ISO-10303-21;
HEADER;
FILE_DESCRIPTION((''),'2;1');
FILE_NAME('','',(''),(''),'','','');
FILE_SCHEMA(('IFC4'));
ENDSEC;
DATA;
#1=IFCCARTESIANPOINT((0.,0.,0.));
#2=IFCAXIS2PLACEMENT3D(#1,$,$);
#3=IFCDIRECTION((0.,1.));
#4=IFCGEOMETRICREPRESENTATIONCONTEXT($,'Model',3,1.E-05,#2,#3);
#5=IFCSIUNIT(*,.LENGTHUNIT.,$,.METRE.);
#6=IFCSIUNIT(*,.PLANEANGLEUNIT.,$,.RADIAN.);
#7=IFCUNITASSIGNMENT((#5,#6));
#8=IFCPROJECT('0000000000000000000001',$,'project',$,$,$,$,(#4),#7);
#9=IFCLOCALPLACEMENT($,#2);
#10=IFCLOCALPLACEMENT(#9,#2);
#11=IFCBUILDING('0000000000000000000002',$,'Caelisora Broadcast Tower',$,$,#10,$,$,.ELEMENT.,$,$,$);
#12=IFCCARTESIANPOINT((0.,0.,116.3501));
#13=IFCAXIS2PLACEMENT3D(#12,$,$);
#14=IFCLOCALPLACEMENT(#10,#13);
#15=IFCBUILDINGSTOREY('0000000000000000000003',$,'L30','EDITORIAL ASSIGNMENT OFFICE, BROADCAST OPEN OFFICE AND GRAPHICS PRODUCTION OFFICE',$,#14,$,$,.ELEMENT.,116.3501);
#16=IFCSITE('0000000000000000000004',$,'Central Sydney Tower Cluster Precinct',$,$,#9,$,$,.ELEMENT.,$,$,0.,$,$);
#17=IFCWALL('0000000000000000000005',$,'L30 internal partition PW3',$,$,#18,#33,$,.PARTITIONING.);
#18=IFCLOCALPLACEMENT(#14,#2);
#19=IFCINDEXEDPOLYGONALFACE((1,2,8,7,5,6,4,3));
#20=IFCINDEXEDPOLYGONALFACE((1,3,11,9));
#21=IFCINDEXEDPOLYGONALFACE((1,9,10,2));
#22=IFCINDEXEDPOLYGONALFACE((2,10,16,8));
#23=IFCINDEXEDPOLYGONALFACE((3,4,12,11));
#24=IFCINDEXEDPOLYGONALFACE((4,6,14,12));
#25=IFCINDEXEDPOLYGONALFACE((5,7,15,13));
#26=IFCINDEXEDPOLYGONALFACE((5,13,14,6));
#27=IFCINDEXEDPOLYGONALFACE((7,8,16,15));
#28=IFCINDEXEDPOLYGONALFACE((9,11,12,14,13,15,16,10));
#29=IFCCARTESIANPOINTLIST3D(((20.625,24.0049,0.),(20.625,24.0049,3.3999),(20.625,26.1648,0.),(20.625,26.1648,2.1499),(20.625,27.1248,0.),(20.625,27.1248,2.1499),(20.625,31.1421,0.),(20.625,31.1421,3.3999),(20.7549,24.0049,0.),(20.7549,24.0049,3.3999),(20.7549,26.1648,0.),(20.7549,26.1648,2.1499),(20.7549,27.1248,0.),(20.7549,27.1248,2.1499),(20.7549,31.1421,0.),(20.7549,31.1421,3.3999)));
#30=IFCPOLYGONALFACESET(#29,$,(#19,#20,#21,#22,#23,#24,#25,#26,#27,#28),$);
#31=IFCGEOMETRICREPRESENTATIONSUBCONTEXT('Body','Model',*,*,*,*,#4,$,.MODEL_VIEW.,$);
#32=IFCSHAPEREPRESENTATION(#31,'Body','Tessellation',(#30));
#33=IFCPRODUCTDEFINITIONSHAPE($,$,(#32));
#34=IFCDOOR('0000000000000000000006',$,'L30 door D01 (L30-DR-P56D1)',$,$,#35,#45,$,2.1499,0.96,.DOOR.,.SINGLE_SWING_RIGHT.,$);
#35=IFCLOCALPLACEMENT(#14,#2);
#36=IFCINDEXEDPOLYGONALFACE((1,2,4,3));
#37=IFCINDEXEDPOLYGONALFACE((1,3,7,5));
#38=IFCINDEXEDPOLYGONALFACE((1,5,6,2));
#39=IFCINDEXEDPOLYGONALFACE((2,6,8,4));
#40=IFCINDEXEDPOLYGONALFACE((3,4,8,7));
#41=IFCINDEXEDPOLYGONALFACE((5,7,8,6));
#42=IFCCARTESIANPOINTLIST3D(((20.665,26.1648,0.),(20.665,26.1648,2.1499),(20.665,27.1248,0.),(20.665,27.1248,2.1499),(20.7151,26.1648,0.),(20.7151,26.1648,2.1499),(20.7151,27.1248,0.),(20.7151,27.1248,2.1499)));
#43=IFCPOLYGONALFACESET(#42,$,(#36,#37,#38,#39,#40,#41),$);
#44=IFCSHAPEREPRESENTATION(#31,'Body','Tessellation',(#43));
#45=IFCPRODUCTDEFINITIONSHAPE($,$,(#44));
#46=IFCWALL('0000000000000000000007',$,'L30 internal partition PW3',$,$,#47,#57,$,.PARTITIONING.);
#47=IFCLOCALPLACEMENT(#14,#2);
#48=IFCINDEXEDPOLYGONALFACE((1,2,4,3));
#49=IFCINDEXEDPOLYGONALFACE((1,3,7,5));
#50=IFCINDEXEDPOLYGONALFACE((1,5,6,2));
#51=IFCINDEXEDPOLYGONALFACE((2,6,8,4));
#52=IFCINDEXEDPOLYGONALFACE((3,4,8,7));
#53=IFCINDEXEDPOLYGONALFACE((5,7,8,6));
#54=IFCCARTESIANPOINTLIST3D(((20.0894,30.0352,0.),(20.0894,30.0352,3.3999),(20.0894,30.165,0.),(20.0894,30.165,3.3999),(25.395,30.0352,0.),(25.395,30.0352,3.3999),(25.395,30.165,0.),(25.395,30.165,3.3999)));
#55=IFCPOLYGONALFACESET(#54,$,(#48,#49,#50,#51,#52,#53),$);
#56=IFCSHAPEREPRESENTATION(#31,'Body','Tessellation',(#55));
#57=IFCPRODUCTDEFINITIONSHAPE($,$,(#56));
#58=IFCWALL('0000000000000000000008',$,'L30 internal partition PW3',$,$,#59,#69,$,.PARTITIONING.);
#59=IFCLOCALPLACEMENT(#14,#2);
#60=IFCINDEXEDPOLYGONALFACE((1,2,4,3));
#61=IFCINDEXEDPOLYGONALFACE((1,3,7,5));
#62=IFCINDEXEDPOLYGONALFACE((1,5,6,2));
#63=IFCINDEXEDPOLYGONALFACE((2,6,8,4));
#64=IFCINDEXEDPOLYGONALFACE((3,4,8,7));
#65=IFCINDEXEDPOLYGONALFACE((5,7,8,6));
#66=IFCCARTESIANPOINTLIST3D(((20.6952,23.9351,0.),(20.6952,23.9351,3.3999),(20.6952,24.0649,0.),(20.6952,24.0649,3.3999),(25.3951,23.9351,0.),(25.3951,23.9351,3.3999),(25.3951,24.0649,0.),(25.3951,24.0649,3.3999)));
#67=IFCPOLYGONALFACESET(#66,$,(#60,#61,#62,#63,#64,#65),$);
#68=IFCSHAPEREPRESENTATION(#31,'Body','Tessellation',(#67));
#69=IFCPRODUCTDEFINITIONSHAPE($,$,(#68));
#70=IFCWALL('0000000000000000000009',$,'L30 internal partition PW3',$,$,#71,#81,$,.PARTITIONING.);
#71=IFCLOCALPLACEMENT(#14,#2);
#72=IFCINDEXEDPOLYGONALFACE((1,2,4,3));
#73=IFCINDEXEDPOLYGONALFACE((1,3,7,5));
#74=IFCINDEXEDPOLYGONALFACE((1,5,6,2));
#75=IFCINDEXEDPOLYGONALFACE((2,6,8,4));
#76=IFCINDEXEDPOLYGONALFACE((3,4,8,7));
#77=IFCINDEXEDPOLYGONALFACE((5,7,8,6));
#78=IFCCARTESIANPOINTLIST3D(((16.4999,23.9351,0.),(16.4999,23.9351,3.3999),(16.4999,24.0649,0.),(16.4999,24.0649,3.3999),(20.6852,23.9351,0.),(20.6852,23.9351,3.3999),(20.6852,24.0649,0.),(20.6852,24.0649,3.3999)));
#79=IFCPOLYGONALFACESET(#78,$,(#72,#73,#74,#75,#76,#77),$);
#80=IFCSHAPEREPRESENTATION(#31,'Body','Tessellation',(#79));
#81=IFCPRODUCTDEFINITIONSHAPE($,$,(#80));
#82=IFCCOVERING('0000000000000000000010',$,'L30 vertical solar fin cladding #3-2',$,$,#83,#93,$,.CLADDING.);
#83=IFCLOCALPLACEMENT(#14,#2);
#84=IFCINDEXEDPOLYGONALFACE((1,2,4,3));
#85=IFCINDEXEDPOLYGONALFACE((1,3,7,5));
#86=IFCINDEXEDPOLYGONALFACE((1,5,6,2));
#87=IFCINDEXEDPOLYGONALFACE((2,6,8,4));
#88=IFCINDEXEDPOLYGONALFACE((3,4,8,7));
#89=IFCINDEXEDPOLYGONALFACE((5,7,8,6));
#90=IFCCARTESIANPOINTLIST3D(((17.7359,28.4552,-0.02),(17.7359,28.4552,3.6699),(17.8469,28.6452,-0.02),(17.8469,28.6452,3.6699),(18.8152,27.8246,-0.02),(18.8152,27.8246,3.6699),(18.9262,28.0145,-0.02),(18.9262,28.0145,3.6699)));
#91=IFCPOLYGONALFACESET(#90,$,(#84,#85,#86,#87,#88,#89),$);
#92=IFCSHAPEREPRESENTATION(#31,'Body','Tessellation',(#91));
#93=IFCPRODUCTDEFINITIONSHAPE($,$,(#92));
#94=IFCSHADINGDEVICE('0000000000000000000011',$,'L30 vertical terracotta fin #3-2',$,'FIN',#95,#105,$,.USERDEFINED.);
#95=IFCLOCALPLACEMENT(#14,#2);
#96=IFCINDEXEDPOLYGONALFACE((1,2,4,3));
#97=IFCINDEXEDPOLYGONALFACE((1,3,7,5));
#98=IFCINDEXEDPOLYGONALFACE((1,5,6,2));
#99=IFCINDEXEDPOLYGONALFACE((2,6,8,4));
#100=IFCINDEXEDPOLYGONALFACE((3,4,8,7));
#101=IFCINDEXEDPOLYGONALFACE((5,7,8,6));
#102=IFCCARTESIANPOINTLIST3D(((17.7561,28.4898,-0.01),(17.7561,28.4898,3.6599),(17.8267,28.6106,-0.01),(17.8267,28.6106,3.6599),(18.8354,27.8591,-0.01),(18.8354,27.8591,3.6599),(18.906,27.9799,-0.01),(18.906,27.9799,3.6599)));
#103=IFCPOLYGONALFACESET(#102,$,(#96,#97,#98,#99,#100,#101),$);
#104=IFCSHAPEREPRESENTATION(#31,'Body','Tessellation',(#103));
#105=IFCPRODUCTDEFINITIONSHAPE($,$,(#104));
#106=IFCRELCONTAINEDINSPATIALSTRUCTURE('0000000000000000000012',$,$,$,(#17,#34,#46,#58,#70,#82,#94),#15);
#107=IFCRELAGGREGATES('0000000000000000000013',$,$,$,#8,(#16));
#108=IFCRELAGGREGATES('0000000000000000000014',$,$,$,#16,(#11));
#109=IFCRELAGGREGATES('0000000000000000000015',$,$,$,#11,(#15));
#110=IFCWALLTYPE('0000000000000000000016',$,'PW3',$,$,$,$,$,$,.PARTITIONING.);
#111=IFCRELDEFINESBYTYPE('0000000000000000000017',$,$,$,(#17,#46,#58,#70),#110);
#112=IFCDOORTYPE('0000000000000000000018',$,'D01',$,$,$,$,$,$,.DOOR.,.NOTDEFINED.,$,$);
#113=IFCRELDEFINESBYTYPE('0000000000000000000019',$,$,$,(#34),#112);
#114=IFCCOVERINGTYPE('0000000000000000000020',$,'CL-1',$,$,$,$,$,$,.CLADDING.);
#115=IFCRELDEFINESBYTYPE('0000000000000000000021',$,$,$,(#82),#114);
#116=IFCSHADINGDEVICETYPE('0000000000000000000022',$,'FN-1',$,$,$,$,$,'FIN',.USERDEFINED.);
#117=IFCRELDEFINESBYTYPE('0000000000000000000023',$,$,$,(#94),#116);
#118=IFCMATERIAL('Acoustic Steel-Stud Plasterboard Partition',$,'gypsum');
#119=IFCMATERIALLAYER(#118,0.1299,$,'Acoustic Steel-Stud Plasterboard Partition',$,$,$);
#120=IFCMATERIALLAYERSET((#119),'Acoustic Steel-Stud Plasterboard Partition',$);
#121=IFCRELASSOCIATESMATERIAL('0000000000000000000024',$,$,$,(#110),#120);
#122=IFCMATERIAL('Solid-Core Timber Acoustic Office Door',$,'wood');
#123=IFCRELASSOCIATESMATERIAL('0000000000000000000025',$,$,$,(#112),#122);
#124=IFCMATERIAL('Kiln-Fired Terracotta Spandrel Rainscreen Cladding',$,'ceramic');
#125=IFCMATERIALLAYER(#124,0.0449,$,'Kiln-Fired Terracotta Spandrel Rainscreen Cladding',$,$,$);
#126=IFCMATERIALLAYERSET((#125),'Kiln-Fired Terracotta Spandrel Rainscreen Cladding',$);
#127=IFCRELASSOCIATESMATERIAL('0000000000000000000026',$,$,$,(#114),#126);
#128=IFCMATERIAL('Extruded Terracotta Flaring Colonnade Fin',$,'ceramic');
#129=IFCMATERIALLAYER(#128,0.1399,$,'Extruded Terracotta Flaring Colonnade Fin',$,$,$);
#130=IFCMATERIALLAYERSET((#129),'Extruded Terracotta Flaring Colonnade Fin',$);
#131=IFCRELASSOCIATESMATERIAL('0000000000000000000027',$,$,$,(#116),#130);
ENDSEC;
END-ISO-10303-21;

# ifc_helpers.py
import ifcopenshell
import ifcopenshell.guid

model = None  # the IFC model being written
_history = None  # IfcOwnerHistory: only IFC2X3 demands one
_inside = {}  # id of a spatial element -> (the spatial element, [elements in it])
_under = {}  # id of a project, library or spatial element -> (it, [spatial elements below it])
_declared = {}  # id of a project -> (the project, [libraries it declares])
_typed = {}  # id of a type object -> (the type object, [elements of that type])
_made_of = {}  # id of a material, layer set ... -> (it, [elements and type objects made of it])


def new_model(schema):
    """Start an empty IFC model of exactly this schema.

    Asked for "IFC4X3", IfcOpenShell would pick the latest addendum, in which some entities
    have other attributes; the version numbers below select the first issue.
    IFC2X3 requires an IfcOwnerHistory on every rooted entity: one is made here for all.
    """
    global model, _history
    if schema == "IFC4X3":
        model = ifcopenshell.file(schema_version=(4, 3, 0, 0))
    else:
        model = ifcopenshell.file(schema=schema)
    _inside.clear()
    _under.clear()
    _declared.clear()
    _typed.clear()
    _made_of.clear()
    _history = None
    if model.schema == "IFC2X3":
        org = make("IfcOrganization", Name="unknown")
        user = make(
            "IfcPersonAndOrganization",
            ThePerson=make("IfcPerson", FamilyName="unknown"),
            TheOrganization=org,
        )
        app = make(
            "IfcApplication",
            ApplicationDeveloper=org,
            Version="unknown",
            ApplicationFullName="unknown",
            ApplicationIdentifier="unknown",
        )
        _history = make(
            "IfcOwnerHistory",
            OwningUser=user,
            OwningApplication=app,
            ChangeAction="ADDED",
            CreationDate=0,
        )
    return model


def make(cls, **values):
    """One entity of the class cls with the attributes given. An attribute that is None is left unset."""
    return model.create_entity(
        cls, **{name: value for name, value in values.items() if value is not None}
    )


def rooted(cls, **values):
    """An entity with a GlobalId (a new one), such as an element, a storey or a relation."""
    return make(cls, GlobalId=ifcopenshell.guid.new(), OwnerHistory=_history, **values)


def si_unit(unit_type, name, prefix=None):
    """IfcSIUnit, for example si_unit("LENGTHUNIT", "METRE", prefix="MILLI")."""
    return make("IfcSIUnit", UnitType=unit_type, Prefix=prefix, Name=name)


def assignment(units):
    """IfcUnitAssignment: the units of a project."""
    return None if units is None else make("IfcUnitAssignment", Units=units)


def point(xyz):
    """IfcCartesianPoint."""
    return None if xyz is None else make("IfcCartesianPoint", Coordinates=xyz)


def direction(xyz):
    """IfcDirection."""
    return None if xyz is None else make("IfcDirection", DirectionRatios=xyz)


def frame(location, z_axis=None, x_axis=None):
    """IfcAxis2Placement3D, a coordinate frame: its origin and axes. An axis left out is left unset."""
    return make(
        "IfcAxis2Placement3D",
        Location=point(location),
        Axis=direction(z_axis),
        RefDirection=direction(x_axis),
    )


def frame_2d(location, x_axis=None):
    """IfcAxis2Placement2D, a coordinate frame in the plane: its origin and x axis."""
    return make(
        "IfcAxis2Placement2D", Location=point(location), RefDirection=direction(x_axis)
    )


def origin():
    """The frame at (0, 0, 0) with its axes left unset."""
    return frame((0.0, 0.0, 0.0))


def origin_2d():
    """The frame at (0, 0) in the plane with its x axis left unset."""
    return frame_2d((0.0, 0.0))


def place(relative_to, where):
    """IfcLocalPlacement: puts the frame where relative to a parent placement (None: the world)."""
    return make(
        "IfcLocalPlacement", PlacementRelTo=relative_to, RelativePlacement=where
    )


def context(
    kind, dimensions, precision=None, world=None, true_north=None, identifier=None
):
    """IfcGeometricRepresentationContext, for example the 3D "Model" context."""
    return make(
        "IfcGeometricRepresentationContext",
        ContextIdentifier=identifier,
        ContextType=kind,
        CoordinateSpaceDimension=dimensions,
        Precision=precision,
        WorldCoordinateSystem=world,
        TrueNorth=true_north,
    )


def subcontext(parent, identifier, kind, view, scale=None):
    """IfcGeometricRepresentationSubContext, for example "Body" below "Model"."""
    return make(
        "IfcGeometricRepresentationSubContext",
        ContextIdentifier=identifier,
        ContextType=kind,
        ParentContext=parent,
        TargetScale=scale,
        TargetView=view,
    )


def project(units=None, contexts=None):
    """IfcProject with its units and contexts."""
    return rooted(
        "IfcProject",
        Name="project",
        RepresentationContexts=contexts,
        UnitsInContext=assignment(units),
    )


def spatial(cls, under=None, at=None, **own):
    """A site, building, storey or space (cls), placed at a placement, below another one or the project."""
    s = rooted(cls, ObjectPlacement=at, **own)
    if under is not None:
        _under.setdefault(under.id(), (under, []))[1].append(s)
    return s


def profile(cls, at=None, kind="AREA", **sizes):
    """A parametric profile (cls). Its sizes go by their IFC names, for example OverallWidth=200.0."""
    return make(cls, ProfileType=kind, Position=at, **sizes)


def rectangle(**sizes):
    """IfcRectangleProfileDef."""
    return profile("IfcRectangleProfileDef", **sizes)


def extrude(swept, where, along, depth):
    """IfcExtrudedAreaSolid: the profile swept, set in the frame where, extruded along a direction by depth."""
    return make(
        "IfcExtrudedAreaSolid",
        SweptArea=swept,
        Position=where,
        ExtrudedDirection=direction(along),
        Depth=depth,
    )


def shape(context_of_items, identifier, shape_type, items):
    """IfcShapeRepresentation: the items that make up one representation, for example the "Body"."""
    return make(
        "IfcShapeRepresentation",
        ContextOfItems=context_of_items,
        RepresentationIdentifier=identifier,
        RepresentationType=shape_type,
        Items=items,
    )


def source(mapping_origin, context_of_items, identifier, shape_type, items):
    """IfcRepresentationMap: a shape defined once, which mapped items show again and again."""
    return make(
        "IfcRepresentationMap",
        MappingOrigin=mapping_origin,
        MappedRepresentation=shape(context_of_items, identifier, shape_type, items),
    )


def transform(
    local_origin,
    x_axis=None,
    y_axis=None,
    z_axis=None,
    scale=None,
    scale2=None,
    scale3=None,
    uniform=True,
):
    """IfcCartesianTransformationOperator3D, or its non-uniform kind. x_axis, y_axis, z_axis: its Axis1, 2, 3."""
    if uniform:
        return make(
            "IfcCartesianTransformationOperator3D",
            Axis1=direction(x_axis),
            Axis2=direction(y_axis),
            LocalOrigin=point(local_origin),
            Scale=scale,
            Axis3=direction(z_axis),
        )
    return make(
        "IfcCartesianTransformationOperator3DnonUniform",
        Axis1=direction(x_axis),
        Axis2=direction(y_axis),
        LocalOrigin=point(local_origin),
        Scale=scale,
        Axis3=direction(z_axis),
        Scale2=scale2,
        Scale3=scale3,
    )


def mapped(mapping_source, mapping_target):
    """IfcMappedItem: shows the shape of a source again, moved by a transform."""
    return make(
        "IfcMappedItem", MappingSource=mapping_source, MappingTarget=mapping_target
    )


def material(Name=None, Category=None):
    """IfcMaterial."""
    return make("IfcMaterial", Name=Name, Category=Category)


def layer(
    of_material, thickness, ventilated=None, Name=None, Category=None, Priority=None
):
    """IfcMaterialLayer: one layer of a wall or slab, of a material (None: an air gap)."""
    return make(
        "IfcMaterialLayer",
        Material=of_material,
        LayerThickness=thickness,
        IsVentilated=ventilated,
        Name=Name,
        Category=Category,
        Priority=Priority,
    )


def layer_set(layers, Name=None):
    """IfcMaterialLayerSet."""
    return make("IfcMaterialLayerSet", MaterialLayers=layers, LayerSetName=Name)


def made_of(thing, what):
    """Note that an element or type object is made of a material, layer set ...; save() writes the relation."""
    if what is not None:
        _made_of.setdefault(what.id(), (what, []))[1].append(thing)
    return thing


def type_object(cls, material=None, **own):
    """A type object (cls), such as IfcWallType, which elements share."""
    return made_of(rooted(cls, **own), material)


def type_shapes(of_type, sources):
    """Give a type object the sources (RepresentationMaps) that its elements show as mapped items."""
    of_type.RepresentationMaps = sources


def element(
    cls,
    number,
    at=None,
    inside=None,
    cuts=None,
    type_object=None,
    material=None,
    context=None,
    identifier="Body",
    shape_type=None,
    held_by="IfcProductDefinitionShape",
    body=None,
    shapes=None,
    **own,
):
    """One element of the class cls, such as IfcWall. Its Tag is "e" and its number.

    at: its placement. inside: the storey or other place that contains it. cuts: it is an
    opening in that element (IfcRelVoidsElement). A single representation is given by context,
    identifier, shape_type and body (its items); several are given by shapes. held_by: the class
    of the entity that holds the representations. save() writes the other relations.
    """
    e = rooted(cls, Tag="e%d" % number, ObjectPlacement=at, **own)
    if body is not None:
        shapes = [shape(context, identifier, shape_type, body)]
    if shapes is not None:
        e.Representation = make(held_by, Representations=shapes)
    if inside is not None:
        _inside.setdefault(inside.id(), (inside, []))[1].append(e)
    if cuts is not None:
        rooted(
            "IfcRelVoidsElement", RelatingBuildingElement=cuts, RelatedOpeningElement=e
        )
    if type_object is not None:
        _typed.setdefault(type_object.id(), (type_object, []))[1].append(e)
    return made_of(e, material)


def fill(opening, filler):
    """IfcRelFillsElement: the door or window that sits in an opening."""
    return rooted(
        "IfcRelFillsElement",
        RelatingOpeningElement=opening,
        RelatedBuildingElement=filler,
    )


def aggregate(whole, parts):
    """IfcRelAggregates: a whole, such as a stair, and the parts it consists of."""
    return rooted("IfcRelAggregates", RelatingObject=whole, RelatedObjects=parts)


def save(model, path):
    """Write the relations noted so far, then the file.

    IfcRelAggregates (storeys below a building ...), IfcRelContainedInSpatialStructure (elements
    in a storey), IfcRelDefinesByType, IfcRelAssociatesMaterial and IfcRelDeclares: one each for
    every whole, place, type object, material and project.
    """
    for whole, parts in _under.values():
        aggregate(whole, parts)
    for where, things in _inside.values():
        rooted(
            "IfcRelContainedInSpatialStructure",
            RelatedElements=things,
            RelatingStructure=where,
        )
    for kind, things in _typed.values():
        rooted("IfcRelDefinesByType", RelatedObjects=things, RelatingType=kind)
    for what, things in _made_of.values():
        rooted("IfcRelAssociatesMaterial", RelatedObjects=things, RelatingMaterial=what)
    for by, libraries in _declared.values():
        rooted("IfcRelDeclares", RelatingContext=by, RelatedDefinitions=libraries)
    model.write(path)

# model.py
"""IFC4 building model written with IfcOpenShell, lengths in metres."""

from ifc_helpers import new_model, si_unit, direction, frame, frame_2d, origin, origin_2d, place, context, subcontext, project, spatial, rectangle, extrude, source, transform, mapped, material, layer, layer_set, type_object, type_shapes, element, fill, save


model = new_model("IFC4")

# Units and contexts
model_context = context("Model", 3, precision=1e-05, world=origin(), true_north=direction((0.0, 1.0)))
body_context = subcontext(model_context, "Body", "Model", "MODEL_VIEW")
ifc_project = project(units=[si_unit("LENGTHUNIT", "METRE"), si_unit("PLANEANGLEUNIT", "RADIAN")], contexts=[model_context])

# Site, building, storey
site_placement = place(None, origin())
site = spatial("IfcSite", under=ifc_project, at=site_placement, Name="Central Sydney Tower Cluster Precinct", CompositionType="ELEMENT", RefElevation=0.0)
building_placement = place(site_placement, origin())
building = spatial("IfcBuilding", under=site, at=building_placement, Name="Caelisora Broadcast Tower", CompositionType="ELEMENT")
storey_placement = place(building_placement, frame((0.0, 0.0, 116.3501)))
storey = spatial("IfcBuildingStorey", under=building, at=storey_placement, Name="L30", Description="EDITORIAL ASSIGNMENT OFFICE, BROADCAST OPEN OFFICE AND GRAPHICS PRODUCTION OFFICE", CompositionType="ELEMENT", Elevation=116.3501)

# Wall, opening, door
ifc_material_1 = material(Name="Acoustic Steel-Stud Plasterboard Partition", Category="gypsum")
ifc_layer_1 = layer(ifc_material_1, 0.1299, Name="Acoustic Steel-Stud Plasterboard Partition")
ifc_layer_set_1 = layer_set([ifc_layer_1], Name="Acoustic Steel-Stud Plasterboard Partition")
wall_type_1 = type_object("IfcWallType", Name="PW3", PredefinedType="PARTITIONING", material=ifc_layer_set_1)
ifc_material_2 = material(Name="Solid-Core Timber Acoustic Office Door", Category="wood")
door_type_1 = type_object("IfcDoorType", Name="D01", OperationType="NOTDEFINED", PredefinedType="DOOR", material=ifc_material_2)
wall_1_placement = place(storey_placement, frame((20.6899, 24.0049, 0.0), z_axis=(0.0, 0.0, 1.0), x_axis=(0.0, 1.0, 0.0)))
wall_1 = element("IfcWall", 1, at=wall_1_placement, inside=storey, type_object=wall_type_1, Name="L30 internal partition PW3", PredefinedType="PARTITIONING", context=body_context, shape_type="SweptSolid", body=[
    extrude(rectangle(XDim=7.1372, YDim=0.1299, at=frame_2d((3.5686, 0.0))), origin(), (0.0, 0.0, 1.0), 3.3999),
])
opening_1_placement = place(wall_1_placement, frame((2.1599, 0.0, 0.0)))
opening_1 = element("IfcOpeningElement", 2, at=opening_1_placement, cuts=wall_1, PredefinedType="OPENING", context=body_context, shape_type="SweptSolid", body=[
    extrude(rectangle(XDim=0.96, YDim=2.1499, at=frame_2d((0.48, 1.075))), frame((0.0, 0.0769, 0.0), z_axis=(0.0, -1.0, 0.0), x_axis=(1.0, 0.0, 0.0)), (0.0, 0.0, 1.0), 0.1538),
])
door_1_placement = place(opening_1_placement, origin())
door_1 = element("IfcDoor", 3, at=door_1_placement, inside=storey, type_object=door_type_1, Name="L30 door D01 (L30-DR-P56D1)", OperationType="SINGLE_SWING_RIGHT", OverallHeight=2.1499, OverallWidth=0.96, PredefinedType="DOOR", context=body_context, shape_type="SweptSolid", body=[
    extrude(rectangle(XDim=0.96, YDim=2.1499, at=frame_2d((0.48, 1.075))), frame((0.0, 0.0249, 0.0), z_axis=(0.0, -1.0, 0.0), x_axis=(1.0, 0.0, 0.0)), (0.0, 0.0, 1.0), 0.05),
])
fill(opening_1, door_1)

# Walls
wall_2_placement = place(storey_placement, frame((25.395, 30.1001, 0.0), z_axis=(0.0, 0.0, 1.0), x_axis=(-1.0, 0.0, 0.0)))
element("IfcWall", 4, at=wall_2_placement, inside=storey, type_object=wall_type_1, Name="L30 internal partition PW3", PredefinedType="PARTITIONING", context=body_context, shape_type="SweptSolid", body=[
    extrude(rectangle(XDim=5.3057, YDim=0.1299, at=frame_2d((2.6528, 0.0))), origin(), (0.0, 0.0, 1.0), 3.3999),
])
wall_3_placement = place(storey_placement, frame((20.6951, 24.0, 0.0), z_axis=(0.0, 0.0, 1.0), x_axis=(1.0, 0.0, 0.0)))
element("IfcWall", 5, at=wall_3_placement, inside=storey, type_object=wall_type_1, Name="L30 internal partition PW3", PredefinedType="PARTITIONING", context=body_context, shape_type="SweptSolid", body=[
    extrude(rectangle(XDim=4.7, YDim=0.1299, at=frame_2d((2.3501, 0.0))), origin(), (0.0, 0.0, 1.0), 3.3999),
])
wall_4_placement = place(storey_placement, frame((16.4998, 24.0, 0.0), z_axis=(0.0, 0.0, 1.0), x_axis=(1.0, 0.0, 0.0)))
element("IfcWall", 6, at=wall_4_placement, inside=storey, type_object=wall_type_1, Name="L30 internal partition PW3", PredefinedType="PARTITIONING", context=body_context, shape_type="SweptSolid", body=[
    extrude(rectangle(XDim=4.1853, YDim=0.1299, at=frame_2d((2.0928, 0.0))), origin(), (0.0, 0.0, 1.0), 3.3999),
])

# Covering
ifc_material_3 = material(Name="Kiln-Fired Terracotta Spandrel Rainscreen Cladding", Category="ceramic")
ifc_layer_2 = layer(ifc_material_3, 0.0449, Name="Kiln-Fired Terracotta Spandrel Rainscreen Cladding")
ifc_layer_set_2 = layer_set([ifc_layer_2], Name="Kiln-Fired Terracotta Spandrel Rainscreen Cladding")
covering_type = type_object("IfcCoveringType", Name="CL-1", PredefinedType="CLADDING", material=ifc_layer_set_2)
shared_shape_1 = source(origin(), body_context, "Body", "SweptSolid", [
    extrude(rectangle(XDim=0.22, YDim=1.25, at=origin_2d()), origin(), (0.0, 0.0, 1.0), 3.6899),
])
type_shapes(covering_type, [shared_shape_1])
covering_placement = place(storey_placement, frame((18.3311, 28.2349, -0.02), z_axis=(0.0, 0.0, 1.0), x_axis=(0.504528, 0.863396, 0.0)))
element("IfcCovering", 7, at=covering_placement, inside=storey, type_object=covering_type, Name="L30 vertical solar fin cladding #3-2", PredefinedType="CLADDING", context=body_context, shape_type="MappedRepresentation", body=[
    mapped(shared_shape_1, transform((0.0, 0.0, 0.0), scale=1.0)),
])

# Shading device
ifc_material_4 = material(Name="Extruded Terracotta Flaring Colonnade Fin", Category="ceramic")
ifc_layer_3 = layer(ifc_material_4, 0.1399, Name="Extruded Terracotta Flaring Colonnade Fin")
ifc_layer_set_3 = layer_set([ifc_layer_3], Name="Extruded Terracotta Flaring Colonnade Fin")
shading_device_type = type_object("IfcShadingDeviceType", Name="FN-1", ElementType="FIN", PredefinedType="USERDEFINED", material=ifc_layer_set_3)
shared_shape_2 = source(origin(), body_context, "Body", "SweptSolid", [
    extrude(rectangle(XDim=0.1399, YDim=1.25, at=origin_2d()), origin(), (0.0, 0.0, 1.0), 3.6699),
])
type_shapes(shading_device_type, [shared_shape_2])
shading_device_placement = place(storey_placement, frame((18.3311, 28.2349, -0.01), z_axis=(0.0, 0.0, 1.0), x_axis=(0.504528, 0.863396, 0.0)))
element("IfcShadingDevice", 8, at=shading_device_placement, inside=storey, type_object=shading_device_type, Name="L30 vertical terracotta fin #3-2", ObjectType="FIN", PredefinedType="USERDEFINED", context=body_context, shape_type="MappedRepresentation", body=[
    mapped(shared_shape_2, transform((0.0, 0.0, 0.0), scale=1.0)),
])

save(model, "model.ifc")
